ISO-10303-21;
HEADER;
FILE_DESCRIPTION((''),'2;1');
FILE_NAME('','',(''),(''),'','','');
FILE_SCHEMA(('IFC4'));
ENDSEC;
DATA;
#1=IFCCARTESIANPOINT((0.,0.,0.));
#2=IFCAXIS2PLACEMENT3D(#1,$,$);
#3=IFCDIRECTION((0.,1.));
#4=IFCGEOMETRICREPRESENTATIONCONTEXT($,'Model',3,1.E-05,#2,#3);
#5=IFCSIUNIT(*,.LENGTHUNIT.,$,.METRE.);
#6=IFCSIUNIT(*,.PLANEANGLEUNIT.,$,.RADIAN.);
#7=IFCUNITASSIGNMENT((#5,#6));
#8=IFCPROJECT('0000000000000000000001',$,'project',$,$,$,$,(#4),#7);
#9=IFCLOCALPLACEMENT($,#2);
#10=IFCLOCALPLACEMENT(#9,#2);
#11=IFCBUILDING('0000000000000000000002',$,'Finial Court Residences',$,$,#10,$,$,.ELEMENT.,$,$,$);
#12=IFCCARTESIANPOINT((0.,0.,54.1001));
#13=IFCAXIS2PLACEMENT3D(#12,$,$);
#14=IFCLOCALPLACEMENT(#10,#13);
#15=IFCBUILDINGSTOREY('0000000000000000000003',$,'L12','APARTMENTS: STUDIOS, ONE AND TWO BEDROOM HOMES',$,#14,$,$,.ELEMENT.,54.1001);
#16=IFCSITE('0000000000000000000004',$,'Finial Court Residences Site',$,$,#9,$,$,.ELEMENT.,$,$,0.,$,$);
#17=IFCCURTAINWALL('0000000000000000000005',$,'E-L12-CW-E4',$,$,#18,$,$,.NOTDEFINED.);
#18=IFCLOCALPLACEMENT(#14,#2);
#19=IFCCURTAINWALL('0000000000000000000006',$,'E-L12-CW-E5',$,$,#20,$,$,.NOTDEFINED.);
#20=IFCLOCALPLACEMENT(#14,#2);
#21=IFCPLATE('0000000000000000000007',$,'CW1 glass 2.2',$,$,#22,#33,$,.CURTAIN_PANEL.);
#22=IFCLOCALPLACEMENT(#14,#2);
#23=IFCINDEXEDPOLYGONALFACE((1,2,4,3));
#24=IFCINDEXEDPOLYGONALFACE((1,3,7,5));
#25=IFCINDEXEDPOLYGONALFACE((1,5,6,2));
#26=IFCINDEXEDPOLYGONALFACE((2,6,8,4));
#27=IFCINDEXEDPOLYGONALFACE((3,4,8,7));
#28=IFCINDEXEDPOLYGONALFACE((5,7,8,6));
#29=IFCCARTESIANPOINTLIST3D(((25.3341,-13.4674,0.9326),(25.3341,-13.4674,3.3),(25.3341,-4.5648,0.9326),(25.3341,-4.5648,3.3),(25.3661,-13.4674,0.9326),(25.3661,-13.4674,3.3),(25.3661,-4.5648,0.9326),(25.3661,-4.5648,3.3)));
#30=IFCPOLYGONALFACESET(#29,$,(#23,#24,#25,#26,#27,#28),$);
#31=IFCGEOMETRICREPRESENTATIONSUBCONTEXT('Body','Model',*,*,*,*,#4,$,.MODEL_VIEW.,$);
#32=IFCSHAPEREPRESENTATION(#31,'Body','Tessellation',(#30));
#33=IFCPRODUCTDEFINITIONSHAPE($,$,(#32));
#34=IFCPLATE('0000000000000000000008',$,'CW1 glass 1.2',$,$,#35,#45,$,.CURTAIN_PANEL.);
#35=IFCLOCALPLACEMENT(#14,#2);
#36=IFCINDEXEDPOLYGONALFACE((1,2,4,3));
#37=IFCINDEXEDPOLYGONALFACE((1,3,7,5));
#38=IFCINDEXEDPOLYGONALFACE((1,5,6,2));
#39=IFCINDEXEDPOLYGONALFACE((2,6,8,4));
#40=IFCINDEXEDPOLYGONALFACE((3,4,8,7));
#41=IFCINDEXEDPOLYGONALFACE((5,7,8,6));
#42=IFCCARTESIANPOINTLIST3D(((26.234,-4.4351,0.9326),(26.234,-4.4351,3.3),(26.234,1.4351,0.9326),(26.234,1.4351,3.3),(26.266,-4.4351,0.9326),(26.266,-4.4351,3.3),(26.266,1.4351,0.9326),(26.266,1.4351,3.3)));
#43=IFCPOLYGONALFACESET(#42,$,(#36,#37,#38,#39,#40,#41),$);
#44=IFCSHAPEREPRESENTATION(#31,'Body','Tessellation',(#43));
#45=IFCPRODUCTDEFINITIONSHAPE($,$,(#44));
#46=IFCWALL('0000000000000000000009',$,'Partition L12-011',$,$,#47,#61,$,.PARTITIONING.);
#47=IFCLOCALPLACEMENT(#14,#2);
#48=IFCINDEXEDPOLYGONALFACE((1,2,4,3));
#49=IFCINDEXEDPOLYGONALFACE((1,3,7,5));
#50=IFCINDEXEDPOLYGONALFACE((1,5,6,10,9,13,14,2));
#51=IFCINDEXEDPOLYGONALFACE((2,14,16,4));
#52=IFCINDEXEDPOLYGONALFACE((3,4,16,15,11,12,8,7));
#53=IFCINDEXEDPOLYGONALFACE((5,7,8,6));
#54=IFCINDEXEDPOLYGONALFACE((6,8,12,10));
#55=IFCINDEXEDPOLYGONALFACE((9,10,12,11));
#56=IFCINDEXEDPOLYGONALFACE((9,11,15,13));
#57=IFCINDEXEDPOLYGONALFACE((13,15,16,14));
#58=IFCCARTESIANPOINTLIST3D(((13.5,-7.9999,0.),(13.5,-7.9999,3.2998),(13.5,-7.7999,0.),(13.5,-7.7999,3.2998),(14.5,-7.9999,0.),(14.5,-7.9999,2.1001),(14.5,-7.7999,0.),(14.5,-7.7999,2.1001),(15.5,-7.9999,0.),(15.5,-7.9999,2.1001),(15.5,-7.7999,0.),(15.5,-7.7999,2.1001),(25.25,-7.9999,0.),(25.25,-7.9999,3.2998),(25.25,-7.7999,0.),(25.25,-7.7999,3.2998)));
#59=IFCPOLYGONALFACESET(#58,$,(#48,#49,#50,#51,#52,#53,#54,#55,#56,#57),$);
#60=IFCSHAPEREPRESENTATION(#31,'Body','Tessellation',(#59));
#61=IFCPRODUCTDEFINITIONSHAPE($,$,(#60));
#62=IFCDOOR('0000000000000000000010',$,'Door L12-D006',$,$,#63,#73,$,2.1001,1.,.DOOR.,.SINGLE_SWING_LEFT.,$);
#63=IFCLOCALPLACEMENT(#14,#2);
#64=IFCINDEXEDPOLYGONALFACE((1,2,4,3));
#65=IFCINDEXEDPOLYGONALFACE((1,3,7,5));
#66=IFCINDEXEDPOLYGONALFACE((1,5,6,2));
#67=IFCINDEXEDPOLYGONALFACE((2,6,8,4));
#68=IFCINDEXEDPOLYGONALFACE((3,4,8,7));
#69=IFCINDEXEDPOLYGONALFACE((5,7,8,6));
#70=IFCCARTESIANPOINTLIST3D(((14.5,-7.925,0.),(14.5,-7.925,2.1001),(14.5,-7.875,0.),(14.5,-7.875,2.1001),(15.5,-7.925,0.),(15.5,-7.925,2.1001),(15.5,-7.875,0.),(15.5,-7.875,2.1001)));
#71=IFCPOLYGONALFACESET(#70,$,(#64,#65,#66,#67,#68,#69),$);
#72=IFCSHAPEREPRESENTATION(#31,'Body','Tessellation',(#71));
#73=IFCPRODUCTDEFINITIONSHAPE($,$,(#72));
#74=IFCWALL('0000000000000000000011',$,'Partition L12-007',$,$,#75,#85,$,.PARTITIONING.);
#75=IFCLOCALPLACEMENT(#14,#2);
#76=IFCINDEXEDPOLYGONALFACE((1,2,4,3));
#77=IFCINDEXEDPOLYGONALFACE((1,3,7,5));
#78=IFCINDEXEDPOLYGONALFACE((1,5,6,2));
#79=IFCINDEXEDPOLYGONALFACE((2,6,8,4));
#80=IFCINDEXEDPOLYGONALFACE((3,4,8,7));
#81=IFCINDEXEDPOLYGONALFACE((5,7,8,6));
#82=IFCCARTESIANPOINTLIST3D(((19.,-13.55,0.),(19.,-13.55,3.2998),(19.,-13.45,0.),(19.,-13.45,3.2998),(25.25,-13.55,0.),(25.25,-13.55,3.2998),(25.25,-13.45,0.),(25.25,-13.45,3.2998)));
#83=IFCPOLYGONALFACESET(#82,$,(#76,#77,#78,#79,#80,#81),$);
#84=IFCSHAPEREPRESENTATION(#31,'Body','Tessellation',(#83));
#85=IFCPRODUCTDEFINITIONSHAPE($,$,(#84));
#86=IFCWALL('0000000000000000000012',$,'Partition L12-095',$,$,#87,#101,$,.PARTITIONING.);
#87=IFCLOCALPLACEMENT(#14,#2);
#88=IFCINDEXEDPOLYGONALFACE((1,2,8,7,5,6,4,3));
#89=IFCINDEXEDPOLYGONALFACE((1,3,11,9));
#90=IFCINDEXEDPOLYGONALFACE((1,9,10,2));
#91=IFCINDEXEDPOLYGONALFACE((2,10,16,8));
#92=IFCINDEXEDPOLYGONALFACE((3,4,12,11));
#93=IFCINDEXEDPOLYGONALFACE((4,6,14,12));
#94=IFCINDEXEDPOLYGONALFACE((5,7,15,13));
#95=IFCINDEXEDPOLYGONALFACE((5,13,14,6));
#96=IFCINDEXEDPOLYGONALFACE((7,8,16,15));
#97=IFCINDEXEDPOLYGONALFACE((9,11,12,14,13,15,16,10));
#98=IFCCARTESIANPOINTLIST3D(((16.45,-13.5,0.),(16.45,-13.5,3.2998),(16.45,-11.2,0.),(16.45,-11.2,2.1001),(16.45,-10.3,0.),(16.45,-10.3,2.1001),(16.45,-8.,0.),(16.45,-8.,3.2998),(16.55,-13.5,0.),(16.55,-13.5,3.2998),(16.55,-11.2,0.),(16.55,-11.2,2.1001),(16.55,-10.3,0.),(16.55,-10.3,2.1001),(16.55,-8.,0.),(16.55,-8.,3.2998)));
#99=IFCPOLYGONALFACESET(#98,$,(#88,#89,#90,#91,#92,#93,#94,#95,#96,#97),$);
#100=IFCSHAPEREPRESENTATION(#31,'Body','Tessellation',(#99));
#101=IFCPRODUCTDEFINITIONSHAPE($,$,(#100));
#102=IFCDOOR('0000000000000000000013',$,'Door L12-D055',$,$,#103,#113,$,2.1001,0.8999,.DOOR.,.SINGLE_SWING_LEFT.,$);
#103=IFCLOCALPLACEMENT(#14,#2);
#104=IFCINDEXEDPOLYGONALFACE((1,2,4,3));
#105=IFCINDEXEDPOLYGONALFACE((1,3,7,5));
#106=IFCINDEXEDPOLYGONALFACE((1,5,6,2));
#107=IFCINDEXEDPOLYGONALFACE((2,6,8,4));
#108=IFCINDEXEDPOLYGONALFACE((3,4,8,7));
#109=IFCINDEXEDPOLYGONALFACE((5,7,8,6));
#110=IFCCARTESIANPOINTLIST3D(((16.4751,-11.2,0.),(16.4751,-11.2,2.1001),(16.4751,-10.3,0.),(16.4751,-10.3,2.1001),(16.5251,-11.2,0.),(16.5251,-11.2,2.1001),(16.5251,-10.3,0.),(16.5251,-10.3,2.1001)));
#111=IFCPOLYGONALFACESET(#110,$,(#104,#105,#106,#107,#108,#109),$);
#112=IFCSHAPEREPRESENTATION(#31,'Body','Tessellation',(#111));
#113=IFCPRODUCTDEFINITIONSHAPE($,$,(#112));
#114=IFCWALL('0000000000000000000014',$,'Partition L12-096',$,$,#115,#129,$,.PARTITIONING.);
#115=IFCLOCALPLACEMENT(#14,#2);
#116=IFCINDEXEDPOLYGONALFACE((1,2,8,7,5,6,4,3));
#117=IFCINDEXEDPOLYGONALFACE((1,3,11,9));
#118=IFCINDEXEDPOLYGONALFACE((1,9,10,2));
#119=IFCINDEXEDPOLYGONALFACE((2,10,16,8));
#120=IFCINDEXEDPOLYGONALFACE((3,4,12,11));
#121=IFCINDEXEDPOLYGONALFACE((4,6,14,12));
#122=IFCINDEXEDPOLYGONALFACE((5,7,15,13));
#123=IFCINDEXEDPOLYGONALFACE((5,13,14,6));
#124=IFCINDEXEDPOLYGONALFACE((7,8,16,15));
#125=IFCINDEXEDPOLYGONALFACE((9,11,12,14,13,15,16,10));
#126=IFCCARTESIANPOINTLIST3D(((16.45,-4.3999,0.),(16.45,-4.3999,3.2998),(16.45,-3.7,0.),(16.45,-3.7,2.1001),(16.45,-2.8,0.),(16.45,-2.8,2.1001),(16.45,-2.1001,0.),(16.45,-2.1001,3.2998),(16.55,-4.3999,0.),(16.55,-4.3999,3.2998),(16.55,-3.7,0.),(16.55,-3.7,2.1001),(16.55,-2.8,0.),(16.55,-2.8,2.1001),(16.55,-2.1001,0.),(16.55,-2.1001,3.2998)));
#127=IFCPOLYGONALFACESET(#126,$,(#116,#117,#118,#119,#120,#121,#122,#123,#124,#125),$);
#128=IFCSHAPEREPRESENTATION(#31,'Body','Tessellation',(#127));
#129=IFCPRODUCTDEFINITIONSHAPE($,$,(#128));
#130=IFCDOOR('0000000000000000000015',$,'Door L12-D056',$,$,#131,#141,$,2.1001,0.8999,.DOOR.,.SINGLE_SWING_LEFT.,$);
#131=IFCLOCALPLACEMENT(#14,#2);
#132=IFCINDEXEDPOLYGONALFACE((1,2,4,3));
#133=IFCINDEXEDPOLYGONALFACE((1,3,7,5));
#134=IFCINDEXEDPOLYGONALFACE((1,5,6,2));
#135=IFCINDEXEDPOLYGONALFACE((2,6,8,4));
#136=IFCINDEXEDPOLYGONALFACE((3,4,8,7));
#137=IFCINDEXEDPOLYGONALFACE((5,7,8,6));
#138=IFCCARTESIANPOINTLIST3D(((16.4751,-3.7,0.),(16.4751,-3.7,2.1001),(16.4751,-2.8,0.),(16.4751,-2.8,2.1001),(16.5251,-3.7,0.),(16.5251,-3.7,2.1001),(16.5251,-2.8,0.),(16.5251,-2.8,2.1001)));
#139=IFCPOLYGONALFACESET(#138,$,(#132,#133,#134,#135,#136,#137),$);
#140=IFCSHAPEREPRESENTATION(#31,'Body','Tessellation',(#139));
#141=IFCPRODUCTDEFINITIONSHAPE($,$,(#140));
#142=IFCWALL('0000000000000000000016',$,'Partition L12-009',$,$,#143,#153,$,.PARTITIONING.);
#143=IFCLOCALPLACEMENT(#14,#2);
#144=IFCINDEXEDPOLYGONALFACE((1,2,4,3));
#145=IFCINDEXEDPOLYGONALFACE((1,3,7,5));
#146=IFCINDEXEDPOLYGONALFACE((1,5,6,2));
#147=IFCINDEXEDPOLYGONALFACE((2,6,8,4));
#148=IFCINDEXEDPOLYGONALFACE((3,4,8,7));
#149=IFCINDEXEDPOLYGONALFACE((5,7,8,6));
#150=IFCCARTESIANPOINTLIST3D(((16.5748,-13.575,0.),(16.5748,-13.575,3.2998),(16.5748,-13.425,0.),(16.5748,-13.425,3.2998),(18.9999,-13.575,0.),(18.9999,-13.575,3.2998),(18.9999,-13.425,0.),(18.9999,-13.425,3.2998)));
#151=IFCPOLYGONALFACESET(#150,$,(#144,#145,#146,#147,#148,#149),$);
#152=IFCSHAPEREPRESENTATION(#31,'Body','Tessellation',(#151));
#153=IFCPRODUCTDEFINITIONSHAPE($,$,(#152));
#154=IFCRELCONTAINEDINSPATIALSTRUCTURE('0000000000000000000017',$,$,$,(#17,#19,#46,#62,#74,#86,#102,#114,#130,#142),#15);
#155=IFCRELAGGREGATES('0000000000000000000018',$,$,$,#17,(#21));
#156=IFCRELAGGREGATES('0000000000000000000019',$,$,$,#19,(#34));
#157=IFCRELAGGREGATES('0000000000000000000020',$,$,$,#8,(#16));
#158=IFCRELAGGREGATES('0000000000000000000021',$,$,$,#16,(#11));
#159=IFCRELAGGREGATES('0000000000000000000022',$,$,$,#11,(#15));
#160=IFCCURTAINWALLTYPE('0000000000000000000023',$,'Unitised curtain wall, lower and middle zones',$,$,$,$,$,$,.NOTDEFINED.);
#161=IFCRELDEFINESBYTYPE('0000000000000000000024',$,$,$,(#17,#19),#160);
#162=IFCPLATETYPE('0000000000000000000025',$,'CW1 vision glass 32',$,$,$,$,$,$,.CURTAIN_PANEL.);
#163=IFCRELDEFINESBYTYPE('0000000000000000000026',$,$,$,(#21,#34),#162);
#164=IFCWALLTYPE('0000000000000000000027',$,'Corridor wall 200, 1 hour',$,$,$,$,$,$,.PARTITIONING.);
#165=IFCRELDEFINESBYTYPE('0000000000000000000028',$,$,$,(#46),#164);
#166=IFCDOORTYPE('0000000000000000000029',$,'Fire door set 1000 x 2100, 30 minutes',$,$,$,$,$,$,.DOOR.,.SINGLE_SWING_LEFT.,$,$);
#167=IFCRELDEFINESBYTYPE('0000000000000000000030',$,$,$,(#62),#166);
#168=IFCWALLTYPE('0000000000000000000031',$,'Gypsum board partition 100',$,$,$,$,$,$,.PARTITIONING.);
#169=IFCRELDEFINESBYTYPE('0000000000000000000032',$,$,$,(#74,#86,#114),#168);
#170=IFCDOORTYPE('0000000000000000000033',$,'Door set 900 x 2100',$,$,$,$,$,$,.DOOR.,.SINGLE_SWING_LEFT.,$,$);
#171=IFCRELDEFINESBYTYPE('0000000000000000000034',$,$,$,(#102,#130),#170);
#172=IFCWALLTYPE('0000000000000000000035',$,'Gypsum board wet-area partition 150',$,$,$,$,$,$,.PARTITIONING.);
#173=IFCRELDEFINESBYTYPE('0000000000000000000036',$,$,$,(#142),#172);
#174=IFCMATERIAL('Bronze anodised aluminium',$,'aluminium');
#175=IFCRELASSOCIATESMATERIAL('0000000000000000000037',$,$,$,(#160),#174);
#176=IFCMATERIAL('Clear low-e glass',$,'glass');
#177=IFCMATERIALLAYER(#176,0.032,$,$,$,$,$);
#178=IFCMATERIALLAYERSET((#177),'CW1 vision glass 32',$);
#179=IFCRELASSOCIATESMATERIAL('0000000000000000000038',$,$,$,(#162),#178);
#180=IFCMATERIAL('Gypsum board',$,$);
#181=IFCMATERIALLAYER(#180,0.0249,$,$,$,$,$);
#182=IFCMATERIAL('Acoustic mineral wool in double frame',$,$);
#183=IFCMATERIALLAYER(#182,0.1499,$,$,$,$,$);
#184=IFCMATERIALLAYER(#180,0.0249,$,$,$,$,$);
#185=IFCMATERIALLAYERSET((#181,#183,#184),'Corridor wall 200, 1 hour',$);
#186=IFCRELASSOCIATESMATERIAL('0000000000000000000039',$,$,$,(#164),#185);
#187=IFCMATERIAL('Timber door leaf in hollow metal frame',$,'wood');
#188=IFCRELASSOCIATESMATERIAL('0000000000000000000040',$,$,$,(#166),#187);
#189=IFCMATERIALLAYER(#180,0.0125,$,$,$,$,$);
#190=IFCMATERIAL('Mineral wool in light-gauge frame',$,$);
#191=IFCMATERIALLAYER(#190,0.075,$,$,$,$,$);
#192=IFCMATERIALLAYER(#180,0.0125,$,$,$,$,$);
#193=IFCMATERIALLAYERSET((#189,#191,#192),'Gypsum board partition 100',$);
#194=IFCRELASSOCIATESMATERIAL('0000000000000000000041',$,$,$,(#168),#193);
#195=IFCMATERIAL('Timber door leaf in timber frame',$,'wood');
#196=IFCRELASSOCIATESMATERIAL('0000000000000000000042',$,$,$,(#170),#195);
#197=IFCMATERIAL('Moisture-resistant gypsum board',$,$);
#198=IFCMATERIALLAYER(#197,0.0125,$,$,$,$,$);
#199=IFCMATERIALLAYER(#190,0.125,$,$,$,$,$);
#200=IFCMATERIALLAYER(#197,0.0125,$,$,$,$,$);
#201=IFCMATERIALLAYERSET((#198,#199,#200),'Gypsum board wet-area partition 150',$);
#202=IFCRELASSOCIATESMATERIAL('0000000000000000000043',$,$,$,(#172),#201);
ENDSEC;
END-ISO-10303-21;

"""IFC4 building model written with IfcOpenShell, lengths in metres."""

from ifc_helpers import new_model, si_unit, direction, frame, frame_2d, origin, origin_2d, place, context, subcontext, project, spatial, rectangle, extrude, material, layer, layer_set, type_object, element, fill, aggregate, save


model = new_model("IFC4")

# Units and contexts
model_context = context("Model", 3, precision=1e-05, world=origin(), true_north=direction((0.0, 1.0)))
body_context = subcontext(model_context, "Body", "Model", "MODEL_VIEW")
ifc_project = project(units=[si_unit("LENGTHUNIT", "METRE"), si_unit("PLANEANGLEUNIT", "RADIAN")], contexts=[model_context])

# Site, building, storey
site_placement = place(None, origin())
site = spatial("IfcSite", under=ifc_project, at=site_placement, Name="Finial Court Residences Site", CompositionType="ELEMENT", RefElevation=0.0)
building_placement = place(site_placement, origin())
building = spatial("IfcBuilding", under=site, at=building_placement, Name="Finial Court Residences", CompositionType="ELEMENT")
storey_placement = place(building_placement, frame((0.0, 0.0, 54.1001)))
storey = spatial("IfcBuildingStorey", under=building, at=storey_placement, Name="L12", Description="APARTMENTS: STUDIOS, ONE AND TWO BEDROOM HOMES", CompositionType="ELEMENT", Elevation=54.1001)

# Curtain walls
ifc_material_1 = material(Name="Bronze anodised aluminium", Category="aluminium")
curtain_wall_type = type_object("IfcCurtainWallType", Name="Unitised curtain wall, lower and middle zones", PredefinedType="NOTDEFINED", material=ifc_material_1)
curtain_wall_1_placement = place(storey_placement, origin())
curtain_wall_1 = element("IfcCurtainWall", 1, at=curtain_wall_1_placement, inside=storey, type_object=curtain_wall_type, Name="E-L12-CW-E4", PredefinedType="NOTDEFINED")
curtain_wall_2_placement = place(storey_placement, origin())
curtain_wall_2 = element("IfcCurtainWall", 2, at=curtain_wall_2_placement, inside=storey, type_object=curtain_wall_type, Name="E-L12-CW-E5", PredefinedType="NOTDEFINED")

# Plates
ifc_material_2 = material(Name="Clear low-e glass", Category="glass")
ifc_layer_1 = layer(ifc_material_2, 0.032)
ifc_layer_set_1 = layer_set([ifc_layer_1], Name="CW1 vision glass 32")
plate_type_1 = type_object("IfcPlateType", Name="CW1 vision glass 32", PredefinedType="CURTAIN_PANEL", material=ifc_layer_set_1)
plate_1_placement = place(storey_placement, frame((25.3501, -9.0161, 0.9326), z_axis=(0.0, 0.0, 1.0), x_axis=(0.0, 1.0, 0.0)))
plate_1 = element("IfcPlate", 3, at=plate_1_placement, type_object=plate_type_1, Name="CW1 glass 2.2", PredefinedType="CURTAIN_PANEL", context=body_context, shape_type="SweptSolid", body=[
    extrude(rectangle(XDim=8.9026, YDim=0.032, at=origin_2d()), origin(), (0.0, 0.0, 1.0), 2.3674),
])
aggregate(curtain_wall_1, [plate_1])
plate_2_placement = place(storey_placement, frame((26.25, -1.5, 0.9326), z_axis=(0.0, 0.0, 1.0), x_axis=(0.0, 1.0, 0.0)))
plate_2 = element("IfcPlate", 4, at=plate_2_placement, type_object=plate_type_1, Name="CW1 glass 1.2", PredefinedType="CURTAIN_PANEL", context=body_context, shape_type="SweptSolid", body=[
    extrude(rectangle(XDim=5.8701, YDim=0.032, at=origin_2d()), origin(), (0.0, 0.0, 1.0), 2.3674),
])
aggregate(curtain_wall_2, [plate_2])

# Wall, opening, door
ifc_material_3 = material(Name="Gypsum board")
ifc_layer_2 = layer(ifc_material_3, 0.0249)
ifc_material_4 = material(Name="Acoustic mineral wool in double frame")
ifc_layer_3 = layer(ifc_material_4, 0.1499)
ifc_layer_4 = layer(ifc_material_3, 0.0249)
ifc_layer_set_2 = layer_set([ifc_layer_2, ifc_layer_3, ifc_layer_4], Name="Corridor wall 200, 1 hour")
wall_type_1 = type_object("IfcWallType", Name="Corridor wall 200, 1 hour", PredefinedType="PARTITIONING", material=ifc_layer_set_2)
wall_1_placement = place(storey_placement, frame((13.5, -7.8999, 0.0), z_axis=(0.0, 0.0, 1.0), x_axis=(1.0, 0.0, 0.0)))
wall_1 = element("IfcWall", 5, at=wall_1_placement, inside=storey, type_object=wall_type_1, Name="Partition L12-011", PredefinedType="PARTITIONING", context=body_context, shape_type="SweptSolid", body=[
    extrude(rectangle(XDim=11.75, YDim=0.2, at=frame_2d((5.875, 0.0))), origin(), (0.0, 0.0, 1.0), 3.2998),
])
opening_1_placement = place(wall_1_placement, frame((1.0, 0.0, 0.0)))
opening_1 = element("IfcOpeningElement", 6, at=opening_1_placement, cuts=wall_1, PredefinedType="OPENING", context=body_context, shape_type="SweptSolid", body=[
    extrude(rectangle(XDim=1.0, YDim=2.1001, at=frame_2d((0.5, 1.05))), frame((0.0, 0.1099, 0.0), z_axis=(0.0, -1.0, 0.0), x_axis=(1.0, 0.0, 0.0)), (0.0, 0.0, 1.0), 0.22),
])
ifc_material_5 = material(Name="Timber door leaf in hollow metal frame", Category="wood")
door_type_1 = type_object("IfcDoorType", Name="Fire door set 1000 x 2100, 30 minutes", OperationType="SINGLE_SWING_LEFT", PredefinedType="DOOR", material=ifc_material_5)
door_1_placement = place(opening_1_placement, origin())
door_1 = element("IfcDoor", 7, at=door_1_placement, inside=storey, type_object=door_type_1, Name="Door L12-D006", OperationType="SINGLE_SWING_LEFT", OverallHeight=2.1001, OverallWidth=1.0, PredefinedType="DOOR", context=body_context, shape_type="SweptSolid", body=[
    extrude(rectangle(XDim=1.0, YDim=2.1001, at=frame_2d((0.5, 1.05))), frame((0.0, 0.0249, 0.0), z_axis=(0.0, -1.0, 0.0), x_axis=(1.0, 0.0, 0.0)), (0.0, 0.0, 1.0), 0.05),
])
fill(opening_1, door_1)

# Wall
ifc_layer_5 = layer(ifc_material_3, 0.0125)
ifc_material_6 = material(Name="Mineral wool in light-gauge frame")
ifc_layer_6 = layer(ifc_material_6, 0.075)
ifc_layer_7 = layer(ifc_material_3, 0.0125)
ifc_layer_set_3 = layer_set([ifc_layer_5, ifc_layer_6, ifc_layer_7], Name="Gypsum board partition 100")
wall_type_2 = type_object("IfcWallType", Name="Gypsum board partition 100", PredefinedType="PARTITIONING", material=ifc_layer_set_3)
wall_2_placement = place(storey_placement, frame((19.0, -13.5, 0.0), z_axis=(0.0, 0.0, 1.0), x_axis=(1.0, 0.0, 0.0)))
element("IfcWall", 8, at=wall_2_placement, inside=storey, type_object=wall_type_2, Name="Partition L12-007", PredefinedType="PARTITIONING", context=body_context, shape_type="SweptSolid", body=[
    extrude(rectangle(XDim=6.25, YDim=0.1001, at=frame_2d((3.125, 0.0))), origin(), (0.0, 0.0, 1.0), 3.2998),
])

# Walls, openings, doors
wall_3_placement = place(storey_placement, frame((16.5, -13.5, 0.0), z_axis=(0.0, 0.0, 1.0), x_axis=(0.0, 1.0, 0.0)))
wall_3 = element("IfcWall", 9, at=wall_3_placement, inside=storey, type_object=wall_type_2, Name="Partition L12-095", PredefinedType="PARTITIONING", context=body_context, shape_type="SweptSolid", body=[
    extrude(rectangle(XDim=5.5, YDim=0.1001, at=frame_2d((2.75, 0.0))), origin(), (0.0, 0.0, 1.0), 3.2998),
])
opening_2_placement = place(wall_3_placement, frame((2.3, 0.0, 0.0)))
opening_2 = element("IfcOpeningElement", 10, at=opening_2_placement, cuts=wall_3, PredefinedType="OPENING", context=body_context, shape_type="SweptSolid", body=[
    extrude(rectangle(XDim=0.8999, YDim=2.1001, at=frame_2d((0.45, 1.05))), frame((0.0, 0.0601, 0.0), z_axis=(0.0, -1.0, 0.0), x_axis=(1.0, 0.0, 0.0)), (0.0, 0.0, 1.0), 0.1201),
])
ifc_material_7 = material(Name="Timber door leaf in timber frame", Category="wood")
door_type_2 = type_object("IfcDoorType", Name="Door set 900 x 2100", OperationType="SINGLE_SWING_LEFT", PredefinedType="DOOR", material=ifc_material_7)
door_2_placement = place(opening_2_placement, origin())
door_2 = element("IfcDoor", 11, at=door_2_placement, inside=storey, type_object=door_type_2, Name="Door L12-D055", OperationType="SINGLE_SWING_LEFT", OverallHeight=2.1001, OverallWidth=0.8999, PredefinedType="DOOR", context=body_context, shape_type="SweptSolid", body=[
    extrude(rectangle(XDim=0.8999, YDim=2.1001, at=frame_2d((0.45, 1.05))), frame((0.0, 0.0249, 0.0), z_axis=(0.0, -1.0, 0.0), x_axis=(1.0, 0.0, 0.0)), (0.0, 0.0, 1.0), 0.05),
])
fill(opening_2, door_2)
wall_4_placement = place(storey_placement, frame((16.5, -4.3999, 0.0), z_axis=(0.0, 0.0, 1.0), x_axis=(0.0, 1.0, 0.0)))
wall_4 = element("IfcWall", 12, at=wall_4_placement, inside=storey, type_object=wall_type_2, Name="Partition L12-096", PredefinedType="PARTITIONING", context=body_context, shape_type="SweptSolid", body=[
    extrude(rectangle(XDim=2.2998, YDim=0.1001, at=frame_2d((1.1499, 0.0))), origin(), (0.0, 0.0, 1.0), 3.2998),
])
opening_3_placement = place(wall_4_placement, frame((0.7, 0.0, 0.0)))
opening_3 = element("IfcOpeningElement", 13, at=opening_3_placement, cuts=wall_4, PredefinedType="OPENING", context=body_context, shape_type="SweptSolid", body=[
    extrude(rectangle(XDim=0.8999, YDim=2.1001, at=frame_2d((0.45, 1.05))), frame((0.0, 0.0601, 0.0), z_axis=(0.0, -1.0, 0.0), x_axis=(1.0, 0.0, 0.0)), (0.0, 0.0, 1.0), 0.1201),
])
door_3_placement = place(opening_3_placement, origin())
door_3 = element("IfcDoor", 14, at=door_3_placement, inside=storey, type_object=door_type_2, Name="Door L12-D056", OperationType="SINGLE_SWING_LEFT", OverallHeight=2.1001, OverallWidth=0.8999, PredefinedType="DOOR", context=body_context, shape_type="SweptSolid", body=[
    extrude(rectangle(XDim=0.8999, YDim=2.1001, at=frame_2d((0.45, 1.05))), frame((0.0, 0.0249, 0.0), z_axis=(0.0, -1.0, 0.0), x_axis=(1.0, 0.0, 0.0)), (0.0, 0.0, 1.0), 0.05),
])
fill(opening_3, door_3)

# Wall
ifc_material_8 = material(Name="Moisture-resistant gypsum board")
ifc_layer_8 = layer(ifc_material_8, 0.0125)
ifc_layer_9 = layer(ifc_material_6, 0.125)
ifc_layer_10 = layer(ifc_material_8, 0.0125)
ifc_layer_set_4 = layer_set([ifc_layer_8, ifc_layer_9, ifc_layer_10], Name="Gypsum board wet-area partition 150")
wall_type_3 = type_object("IfcWallType", Name="Gypsum board wet-area partition 150", PredefinedType="PARTITIONING", material=ifc_layer_set_4)
wall_5_placement = place(storey_placement, frame((16.575, -13.5, 0.0), z_axis=(0.0, 0.0, 1.0), x_axis=(1.0, 0.0, 0.0)))
element("IfcWall", 15, at=wall_5_placement, inside=storey, type_object=wall_type_3, Name="Partition L12-009", PredefinedType="PARTITIONING", context=body_context, shape_type="SweptSolid", body=[
    extrude(rectangle(XDim=2.425, YDim=0.1499, at=frame_2d((1.2124, 0.0))), origin(), (0.0, 0.0, 1.0), 3.2998),
])

save(model, "model.ifc")
